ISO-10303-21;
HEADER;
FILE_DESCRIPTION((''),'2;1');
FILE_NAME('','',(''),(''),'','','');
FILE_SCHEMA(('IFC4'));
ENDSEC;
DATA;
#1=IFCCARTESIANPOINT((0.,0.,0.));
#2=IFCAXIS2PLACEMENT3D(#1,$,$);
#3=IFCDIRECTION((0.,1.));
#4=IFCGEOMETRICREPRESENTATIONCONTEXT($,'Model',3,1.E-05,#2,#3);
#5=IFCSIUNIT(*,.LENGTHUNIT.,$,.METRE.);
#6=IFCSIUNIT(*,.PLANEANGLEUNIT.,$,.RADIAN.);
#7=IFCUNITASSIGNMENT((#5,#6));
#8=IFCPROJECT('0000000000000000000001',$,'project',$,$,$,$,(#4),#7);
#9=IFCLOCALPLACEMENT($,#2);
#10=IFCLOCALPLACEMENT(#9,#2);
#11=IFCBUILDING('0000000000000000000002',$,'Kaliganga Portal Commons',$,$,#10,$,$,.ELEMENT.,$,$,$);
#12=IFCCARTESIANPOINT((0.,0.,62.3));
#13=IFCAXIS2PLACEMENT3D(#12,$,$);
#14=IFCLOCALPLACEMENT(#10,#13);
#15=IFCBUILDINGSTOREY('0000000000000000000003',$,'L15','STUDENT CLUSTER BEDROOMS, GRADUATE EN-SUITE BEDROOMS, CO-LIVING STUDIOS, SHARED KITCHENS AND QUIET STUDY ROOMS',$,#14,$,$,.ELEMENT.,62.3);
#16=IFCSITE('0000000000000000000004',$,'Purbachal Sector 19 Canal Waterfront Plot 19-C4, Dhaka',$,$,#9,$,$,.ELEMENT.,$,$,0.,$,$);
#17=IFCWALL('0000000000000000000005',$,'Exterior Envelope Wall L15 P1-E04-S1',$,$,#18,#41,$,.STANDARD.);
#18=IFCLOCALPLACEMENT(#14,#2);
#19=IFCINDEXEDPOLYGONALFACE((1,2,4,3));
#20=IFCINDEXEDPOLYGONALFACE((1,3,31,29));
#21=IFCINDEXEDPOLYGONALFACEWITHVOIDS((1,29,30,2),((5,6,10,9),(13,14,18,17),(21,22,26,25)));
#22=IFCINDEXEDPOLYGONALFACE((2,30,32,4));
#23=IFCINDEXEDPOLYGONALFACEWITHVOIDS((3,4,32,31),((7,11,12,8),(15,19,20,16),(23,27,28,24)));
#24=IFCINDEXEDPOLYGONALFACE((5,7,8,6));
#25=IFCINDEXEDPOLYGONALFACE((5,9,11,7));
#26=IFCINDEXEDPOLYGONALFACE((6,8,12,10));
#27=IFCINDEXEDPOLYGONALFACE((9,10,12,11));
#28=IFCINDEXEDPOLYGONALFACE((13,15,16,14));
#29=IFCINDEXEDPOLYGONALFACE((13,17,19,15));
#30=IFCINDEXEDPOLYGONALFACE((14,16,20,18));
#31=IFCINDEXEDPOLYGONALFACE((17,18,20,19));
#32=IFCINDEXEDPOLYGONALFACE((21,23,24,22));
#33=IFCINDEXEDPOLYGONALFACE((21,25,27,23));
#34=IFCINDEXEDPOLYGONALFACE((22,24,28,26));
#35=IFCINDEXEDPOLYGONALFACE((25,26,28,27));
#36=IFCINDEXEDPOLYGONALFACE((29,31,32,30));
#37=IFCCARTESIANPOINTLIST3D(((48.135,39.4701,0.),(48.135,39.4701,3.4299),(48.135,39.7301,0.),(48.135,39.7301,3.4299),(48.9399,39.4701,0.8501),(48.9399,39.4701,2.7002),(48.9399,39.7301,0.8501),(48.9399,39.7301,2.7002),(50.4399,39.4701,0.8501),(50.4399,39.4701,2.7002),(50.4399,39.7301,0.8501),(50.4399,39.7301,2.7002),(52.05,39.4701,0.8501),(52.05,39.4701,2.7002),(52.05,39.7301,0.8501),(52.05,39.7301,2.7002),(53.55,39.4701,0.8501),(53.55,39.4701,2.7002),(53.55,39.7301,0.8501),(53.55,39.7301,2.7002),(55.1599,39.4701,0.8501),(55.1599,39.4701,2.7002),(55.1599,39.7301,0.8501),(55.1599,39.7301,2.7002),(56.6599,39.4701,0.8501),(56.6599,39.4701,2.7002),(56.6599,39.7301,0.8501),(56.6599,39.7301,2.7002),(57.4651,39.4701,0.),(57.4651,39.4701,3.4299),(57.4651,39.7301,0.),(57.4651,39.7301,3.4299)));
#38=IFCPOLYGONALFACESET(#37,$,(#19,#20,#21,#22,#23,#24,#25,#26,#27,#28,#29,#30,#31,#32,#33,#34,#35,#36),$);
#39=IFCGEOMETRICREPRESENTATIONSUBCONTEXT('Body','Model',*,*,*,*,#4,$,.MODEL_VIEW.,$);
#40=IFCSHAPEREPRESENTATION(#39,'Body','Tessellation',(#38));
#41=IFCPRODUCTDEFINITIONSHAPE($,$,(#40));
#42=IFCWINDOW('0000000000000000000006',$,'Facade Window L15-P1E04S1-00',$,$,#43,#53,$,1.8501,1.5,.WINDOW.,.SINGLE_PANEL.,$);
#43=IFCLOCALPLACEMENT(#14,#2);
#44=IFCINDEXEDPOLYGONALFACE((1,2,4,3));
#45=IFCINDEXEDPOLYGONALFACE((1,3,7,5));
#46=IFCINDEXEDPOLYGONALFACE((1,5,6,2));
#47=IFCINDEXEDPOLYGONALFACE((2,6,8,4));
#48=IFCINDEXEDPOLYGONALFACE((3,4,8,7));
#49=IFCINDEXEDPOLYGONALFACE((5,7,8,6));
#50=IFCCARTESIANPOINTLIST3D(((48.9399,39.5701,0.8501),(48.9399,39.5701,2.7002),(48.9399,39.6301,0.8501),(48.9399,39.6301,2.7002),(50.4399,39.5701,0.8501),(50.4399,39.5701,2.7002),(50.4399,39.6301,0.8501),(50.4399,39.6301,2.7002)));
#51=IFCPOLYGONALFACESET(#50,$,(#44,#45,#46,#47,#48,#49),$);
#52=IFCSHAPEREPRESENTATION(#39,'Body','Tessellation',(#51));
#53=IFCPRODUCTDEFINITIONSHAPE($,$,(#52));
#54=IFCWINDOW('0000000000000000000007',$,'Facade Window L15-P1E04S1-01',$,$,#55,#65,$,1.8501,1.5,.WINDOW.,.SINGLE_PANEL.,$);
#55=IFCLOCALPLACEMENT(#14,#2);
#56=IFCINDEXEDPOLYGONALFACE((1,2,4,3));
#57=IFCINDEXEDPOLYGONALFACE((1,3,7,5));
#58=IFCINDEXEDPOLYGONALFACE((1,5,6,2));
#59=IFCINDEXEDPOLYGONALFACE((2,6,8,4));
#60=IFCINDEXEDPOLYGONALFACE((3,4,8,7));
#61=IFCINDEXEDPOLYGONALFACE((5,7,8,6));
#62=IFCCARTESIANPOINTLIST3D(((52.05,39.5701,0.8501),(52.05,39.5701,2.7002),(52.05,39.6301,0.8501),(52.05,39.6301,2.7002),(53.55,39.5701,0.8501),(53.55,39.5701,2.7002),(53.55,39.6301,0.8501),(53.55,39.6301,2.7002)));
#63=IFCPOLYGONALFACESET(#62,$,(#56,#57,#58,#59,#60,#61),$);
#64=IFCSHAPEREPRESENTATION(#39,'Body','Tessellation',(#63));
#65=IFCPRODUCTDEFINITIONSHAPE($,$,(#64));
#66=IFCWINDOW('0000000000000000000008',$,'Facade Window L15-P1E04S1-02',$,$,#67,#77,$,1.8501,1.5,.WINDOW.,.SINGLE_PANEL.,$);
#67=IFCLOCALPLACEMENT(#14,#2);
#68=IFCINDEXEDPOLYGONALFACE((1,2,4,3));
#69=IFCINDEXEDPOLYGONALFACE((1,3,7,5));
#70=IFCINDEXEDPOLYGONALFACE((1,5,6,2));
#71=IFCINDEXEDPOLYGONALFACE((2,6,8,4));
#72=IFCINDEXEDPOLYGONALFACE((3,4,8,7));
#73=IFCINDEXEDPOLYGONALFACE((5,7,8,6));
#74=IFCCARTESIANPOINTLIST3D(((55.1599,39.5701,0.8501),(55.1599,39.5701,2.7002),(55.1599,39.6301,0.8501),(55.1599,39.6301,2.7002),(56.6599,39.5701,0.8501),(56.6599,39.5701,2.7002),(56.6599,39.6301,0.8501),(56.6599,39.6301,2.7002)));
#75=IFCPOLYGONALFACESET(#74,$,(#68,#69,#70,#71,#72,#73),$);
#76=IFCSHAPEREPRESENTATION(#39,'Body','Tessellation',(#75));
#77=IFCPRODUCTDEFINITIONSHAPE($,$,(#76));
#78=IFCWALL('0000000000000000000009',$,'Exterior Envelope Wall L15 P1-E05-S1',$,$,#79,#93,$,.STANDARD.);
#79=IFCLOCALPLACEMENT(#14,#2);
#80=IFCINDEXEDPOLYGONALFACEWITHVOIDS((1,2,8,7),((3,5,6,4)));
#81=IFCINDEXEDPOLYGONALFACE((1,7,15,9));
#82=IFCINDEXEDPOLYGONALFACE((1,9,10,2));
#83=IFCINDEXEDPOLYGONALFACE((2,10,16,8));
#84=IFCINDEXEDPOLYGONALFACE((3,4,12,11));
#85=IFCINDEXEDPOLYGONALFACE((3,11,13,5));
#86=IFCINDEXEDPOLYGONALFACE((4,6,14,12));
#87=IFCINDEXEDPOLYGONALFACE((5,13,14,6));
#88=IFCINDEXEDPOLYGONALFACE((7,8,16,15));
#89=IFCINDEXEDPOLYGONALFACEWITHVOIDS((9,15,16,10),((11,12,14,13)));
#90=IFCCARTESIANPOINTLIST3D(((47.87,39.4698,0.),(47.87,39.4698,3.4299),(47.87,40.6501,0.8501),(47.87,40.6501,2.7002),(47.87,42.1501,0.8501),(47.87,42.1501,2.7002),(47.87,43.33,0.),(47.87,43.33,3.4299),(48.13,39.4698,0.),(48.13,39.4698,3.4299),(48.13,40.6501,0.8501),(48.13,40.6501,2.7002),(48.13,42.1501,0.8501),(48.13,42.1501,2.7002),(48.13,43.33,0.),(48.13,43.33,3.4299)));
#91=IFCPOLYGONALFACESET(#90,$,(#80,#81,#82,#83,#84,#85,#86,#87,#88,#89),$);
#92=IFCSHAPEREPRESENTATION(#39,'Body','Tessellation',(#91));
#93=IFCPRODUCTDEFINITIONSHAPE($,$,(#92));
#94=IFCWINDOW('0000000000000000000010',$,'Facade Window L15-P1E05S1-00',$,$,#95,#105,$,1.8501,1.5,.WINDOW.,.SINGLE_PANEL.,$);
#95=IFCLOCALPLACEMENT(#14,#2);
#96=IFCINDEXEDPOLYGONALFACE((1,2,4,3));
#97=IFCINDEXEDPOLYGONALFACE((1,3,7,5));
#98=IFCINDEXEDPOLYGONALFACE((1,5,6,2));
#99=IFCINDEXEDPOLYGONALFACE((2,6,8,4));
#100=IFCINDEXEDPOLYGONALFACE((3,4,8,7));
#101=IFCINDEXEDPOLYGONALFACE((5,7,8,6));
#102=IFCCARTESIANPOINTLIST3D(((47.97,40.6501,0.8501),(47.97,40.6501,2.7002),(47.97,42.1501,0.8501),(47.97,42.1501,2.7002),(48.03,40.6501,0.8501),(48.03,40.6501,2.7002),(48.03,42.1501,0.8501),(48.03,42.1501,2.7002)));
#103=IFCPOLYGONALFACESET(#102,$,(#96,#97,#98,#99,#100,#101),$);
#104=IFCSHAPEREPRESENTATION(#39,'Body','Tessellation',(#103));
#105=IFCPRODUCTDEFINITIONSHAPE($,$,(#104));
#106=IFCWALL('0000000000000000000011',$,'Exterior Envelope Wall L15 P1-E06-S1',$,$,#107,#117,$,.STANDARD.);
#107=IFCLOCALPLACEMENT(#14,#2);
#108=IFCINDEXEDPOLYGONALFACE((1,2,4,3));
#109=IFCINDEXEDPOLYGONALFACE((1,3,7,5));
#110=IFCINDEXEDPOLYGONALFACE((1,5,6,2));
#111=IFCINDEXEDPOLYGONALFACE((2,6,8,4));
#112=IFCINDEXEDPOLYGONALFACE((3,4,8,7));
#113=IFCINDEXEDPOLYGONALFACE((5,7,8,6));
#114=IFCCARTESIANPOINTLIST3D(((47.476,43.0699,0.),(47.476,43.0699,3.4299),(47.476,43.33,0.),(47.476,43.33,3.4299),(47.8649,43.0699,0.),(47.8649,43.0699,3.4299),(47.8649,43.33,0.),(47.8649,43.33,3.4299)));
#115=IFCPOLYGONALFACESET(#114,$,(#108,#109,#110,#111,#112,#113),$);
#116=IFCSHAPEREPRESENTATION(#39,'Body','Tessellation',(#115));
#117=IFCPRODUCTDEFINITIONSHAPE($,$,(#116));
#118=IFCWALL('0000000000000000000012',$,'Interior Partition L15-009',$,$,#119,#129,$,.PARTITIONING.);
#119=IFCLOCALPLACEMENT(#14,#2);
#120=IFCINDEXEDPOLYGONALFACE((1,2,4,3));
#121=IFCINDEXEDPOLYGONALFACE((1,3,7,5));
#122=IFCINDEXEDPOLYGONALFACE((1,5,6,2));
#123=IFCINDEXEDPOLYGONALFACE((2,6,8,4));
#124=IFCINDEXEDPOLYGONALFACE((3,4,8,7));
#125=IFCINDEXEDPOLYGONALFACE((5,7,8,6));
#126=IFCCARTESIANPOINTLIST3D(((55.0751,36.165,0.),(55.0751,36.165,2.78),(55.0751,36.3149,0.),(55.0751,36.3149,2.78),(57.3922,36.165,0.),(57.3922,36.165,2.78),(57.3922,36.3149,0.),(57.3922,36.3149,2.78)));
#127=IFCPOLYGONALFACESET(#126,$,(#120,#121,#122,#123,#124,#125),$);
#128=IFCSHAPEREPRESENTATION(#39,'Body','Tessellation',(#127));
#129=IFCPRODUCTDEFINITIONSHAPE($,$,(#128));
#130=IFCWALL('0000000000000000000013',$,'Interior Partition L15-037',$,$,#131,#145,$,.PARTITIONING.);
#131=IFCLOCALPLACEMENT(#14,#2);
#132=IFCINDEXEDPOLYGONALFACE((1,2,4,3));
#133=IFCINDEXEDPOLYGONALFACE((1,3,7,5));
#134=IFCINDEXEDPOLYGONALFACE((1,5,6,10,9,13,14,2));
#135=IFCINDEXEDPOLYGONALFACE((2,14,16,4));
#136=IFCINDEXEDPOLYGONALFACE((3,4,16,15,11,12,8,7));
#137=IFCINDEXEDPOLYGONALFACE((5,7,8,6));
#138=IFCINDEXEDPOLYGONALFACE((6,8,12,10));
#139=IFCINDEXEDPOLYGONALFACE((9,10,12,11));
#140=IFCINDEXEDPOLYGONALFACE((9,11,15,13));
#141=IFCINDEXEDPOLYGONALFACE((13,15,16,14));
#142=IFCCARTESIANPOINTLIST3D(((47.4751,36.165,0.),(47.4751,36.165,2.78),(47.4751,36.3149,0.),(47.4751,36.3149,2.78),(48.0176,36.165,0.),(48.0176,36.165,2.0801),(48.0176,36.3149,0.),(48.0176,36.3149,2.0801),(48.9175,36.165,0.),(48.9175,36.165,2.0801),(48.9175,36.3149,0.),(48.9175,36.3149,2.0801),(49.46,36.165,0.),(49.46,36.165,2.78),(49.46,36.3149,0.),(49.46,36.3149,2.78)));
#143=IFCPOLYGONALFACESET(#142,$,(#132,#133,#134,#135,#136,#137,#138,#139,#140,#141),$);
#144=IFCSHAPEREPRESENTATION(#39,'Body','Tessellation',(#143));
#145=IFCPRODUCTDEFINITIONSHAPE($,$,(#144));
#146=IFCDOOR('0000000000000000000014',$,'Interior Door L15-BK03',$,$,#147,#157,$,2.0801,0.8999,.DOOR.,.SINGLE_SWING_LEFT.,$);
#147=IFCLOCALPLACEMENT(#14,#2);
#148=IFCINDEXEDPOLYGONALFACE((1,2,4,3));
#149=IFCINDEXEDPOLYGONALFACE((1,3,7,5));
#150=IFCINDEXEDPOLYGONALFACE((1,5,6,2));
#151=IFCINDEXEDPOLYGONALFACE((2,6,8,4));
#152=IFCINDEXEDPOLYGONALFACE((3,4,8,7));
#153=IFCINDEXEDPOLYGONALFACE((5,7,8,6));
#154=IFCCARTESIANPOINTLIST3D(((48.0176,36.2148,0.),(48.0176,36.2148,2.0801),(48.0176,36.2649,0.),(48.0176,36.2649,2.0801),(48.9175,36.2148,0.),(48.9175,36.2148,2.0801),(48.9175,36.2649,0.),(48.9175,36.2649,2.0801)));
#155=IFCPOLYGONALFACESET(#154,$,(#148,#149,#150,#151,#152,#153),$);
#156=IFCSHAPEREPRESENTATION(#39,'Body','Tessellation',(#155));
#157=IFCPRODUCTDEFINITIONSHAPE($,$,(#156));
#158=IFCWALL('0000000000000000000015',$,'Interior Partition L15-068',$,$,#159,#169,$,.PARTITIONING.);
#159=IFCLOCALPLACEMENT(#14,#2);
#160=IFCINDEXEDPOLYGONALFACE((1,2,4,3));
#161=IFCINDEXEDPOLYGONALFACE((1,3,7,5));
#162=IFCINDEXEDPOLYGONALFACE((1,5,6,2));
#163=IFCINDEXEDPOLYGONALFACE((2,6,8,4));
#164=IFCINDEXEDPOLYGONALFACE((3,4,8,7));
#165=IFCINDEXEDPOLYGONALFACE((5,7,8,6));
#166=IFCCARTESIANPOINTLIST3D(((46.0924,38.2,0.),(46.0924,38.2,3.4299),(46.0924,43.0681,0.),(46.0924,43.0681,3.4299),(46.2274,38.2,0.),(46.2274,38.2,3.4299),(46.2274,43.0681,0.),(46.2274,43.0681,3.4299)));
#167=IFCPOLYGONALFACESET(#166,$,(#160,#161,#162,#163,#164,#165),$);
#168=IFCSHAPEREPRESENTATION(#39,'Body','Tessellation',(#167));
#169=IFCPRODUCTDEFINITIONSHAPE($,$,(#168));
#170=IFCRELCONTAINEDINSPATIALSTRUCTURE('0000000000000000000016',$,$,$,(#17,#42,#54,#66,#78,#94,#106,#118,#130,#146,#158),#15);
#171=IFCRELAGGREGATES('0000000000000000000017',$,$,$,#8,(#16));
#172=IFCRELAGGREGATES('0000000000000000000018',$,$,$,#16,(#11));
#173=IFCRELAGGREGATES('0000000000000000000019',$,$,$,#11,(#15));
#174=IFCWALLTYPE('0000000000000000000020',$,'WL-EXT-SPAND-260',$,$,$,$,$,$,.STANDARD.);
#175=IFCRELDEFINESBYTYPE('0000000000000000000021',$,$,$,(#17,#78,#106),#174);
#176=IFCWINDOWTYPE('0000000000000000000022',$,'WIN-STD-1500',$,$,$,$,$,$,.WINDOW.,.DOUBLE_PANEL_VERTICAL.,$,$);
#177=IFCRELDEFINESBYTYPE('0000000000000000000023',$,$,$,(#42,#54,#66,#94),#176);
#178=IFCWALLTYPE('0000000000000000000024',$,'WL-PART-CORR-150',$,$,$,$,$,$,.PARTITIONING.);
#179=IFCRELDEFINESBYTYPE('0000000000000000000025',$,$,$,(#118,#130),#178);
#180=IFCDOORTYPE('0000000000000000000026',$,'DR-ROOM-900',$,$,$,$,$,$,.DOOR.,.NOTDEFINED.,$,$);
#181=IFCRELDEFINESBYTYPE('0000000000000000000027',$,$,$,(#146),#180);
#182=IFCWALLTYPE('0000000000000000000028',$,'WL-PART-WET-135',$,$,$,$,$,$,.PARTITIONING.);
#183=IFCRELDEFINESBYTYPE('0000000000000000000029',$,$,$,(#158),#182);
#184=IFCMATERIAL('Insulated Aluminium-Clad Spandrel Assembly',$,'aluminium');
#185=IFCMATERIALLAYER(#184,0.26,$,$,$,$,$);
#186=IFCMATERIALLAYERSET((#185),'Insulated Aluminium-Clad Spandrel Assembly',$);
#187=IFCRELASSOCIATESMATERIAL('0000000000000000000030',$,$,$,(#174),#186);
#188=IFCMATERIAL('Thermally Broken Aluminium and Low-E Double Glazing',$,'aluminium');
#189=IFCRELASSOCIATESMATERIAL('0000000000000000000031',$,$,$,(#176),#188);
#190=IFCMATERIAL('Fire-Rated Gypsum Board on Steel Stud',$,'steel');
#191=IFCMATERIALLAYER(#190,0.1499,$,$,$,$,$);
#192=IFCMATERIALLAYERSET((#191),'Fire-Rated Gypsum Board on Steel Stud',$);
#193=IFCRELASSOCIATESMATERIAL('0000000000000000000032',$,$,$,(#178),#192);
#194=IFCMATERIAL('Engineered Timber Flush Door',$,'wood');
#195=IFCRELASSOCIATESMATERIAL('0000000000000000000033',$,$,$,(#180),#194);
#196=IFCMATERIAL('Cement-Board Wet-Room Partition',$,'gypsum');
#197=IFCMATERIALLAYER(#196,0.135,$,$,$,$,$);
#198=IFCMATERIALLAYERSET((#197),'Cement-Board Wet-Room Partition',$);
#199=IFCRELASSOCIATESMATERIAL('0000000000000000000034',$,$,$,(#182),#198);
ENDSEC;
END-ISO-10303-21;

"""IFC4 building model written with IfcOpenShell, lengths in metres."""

from ifc_helpers import new_model, si_unit, direction, frame, frame_2d, origin, place, context, subcontext, project, spatial, rectangle, extrude, material, layer, layer_set, type_object, element, fill, save


model = new_model("IFC4")

# Units and contexts
model_context = context("Model", 3, precision=1e-05, world=origin(), true_north=direction((0.0, 1.0)))
body_context = subcontext(model_context, "Body", "Model", "MODEL_VIEW")
ifc_project = project(units=[si_unit("LENGTHUNIT", "METRE"), si_unit("PLANEANGLEUNIT", "RADIAN")], contexts=[model_context])

# Site, building, storey
site_placement = place(None, origin())
site = spatial("IfcSite", under=ifc_project, at=site_placement, Name="Purbachal Sector 19 Canal Waterfront Plot 19-C4, Dhaka", CompositionType="ELEMENT", RefElevation=0.0)
building_placement = place(site_placement, origin())
building = spatial("IfcBuilding", under=site, at=building_placement, Name="Kaliganga Portal Commons", CompositionType="ELEMENT")
storey_placement = place(building_placement, frame((0.0, 0.0, 62.3)))
storey = spatial("IfcBuildingStorey", under=building, at=storey_placement, Name="L15", Description="STUDENT CLUSTER BEDROOMS, GRADUATE EN-SUITE BEDROOMS, CO-LIVING STUDIOS, SHARED KITCHENS AND QUIET STUDY ROOMS", CompositionType="ELEMENT", Elevation=62.3)

# Wall, openings, windows
ifc_material_1 = material(Name="Insulated Aluminium-Clad Spandrel Assembly", Category="aluminium")
ifc_layer_1 = layer(ifc_material_1, 0.26)
ifc_layer_set_1 = layer_set([ifc_layer_1], Name="Insulated Aluminium-Clad Spandrel Assembly")
wall_type_1 = type_object("IfcWallType", Name="WL-EXT-SPAND-260", PredefinedType="STANDARD", material=ifc_layer_set_1)
ifc_material_2 = material(Name="Thermally Broken Aluminium and Low-E Double Glazing", Category="aluminium")
wall_1_placement = place(storey_placement, frame((48.135, 39.6001, 0.0), z_axis=(0.0, 0.0, 1.0), x_axis=(1.0, 0.0, 0.0)))
wall_1 = element("IfcWall", 1, at=wall_1_placement, inside=storey, type_object=wall_type_1, Name="Exterior Envelope Wall L15 P1-E04-S1", PredefinedType="STANDARD", context=body_context, shape_type="SweptSolid", body=[
    extrude(rectangle(XDim=9.3301, YDim=0.26, at=frame_2d((4.665, 0.0))), origin(), (0.0, 0.0, 1.0), 3.4299),
])
opening_1_placement = place(wall_1_placement, frame((0.8049, 0.0, 0.8501)))
opening_1 = element("IfcOpeningElement", 2, at=opening_1_placement, cuts=wall_1, PredefinedType="OPENING", context=body_context, shape_type="SweptSolid", body=[
    extrude(rectangle(XDim=1.5, YDim=1.8501, at=frame_2d((0.75, 0.925))), frame((0.0, 0.1401, 0.0), z_axis=(0.0, -1.0, 0.0), x_axis=(1.0, 0.0, 0.0)), (0.0, 0.0, 1.0), 0.28),
])
opening_2_placement = place(wall_1_placement, frame((3.915, 0.0, 0.8501)))
opening_2 = element("IfcOpeningElement", 3, at=opening_2_placement, cuts=wall_1, PredefinedType="OPENING", context=body_context, shape_type="SweptSolid", body=[
    extrude(rectangle(XDim=1.5, YDim=1.8501, at=frame_2d((0.75, 0.925))), frame((0.0, 0.1401, 0.0), z_axis=(0.0, -1.0, 0.0), x_axis=(1.0, 0.0, 0.0)), (0.0, 0.0, 1.0), 0.28),
])
opening_3_placement = place(wall_1_placement, frame((7.0249, 0.0, 0.8501)))
opening_3 = element("IfcOpeningElement", 4, at=opening_3_placement, cuts=wall_1, PredefinedType="OPENING", context=body_context, shape_type="SweptSolid", body=[
    extrude(rectangle(XDim=1.5, YDim=1.8501, at=frame_2d((0.75, 0.925))), frame((0.0, 0.1401, 0.0), z_axis=(0.0, -1.0, 0.0), x_axis=(1.0, 0.0, 0.0)), (0.0, 0.0, 1.0), 0.28),
])
window_type_1 = type_object("IfcWindowType", Name="WIN-STD-1500", PartitioningType="DOUBLE_PANEL_VERTICAL", PredefinedType="WINDOW", material=ifc_material_2)
window_1_placement = place(opening_1_placement, origin())
window_1 = element("IfcWindow", 5, at=window_1_placement, inside=storey, type_object=window_type_1, Name="Facade Window L15-P1E04S1-00", OverallHeight=1.8501, OverallWidth=1.5, PartitioningType="SINGLE_PANEL", PredefinedType="WINDOW", context=body_context, shape_type="SweptSolid", body=[
    extrude(rectangle(XDim=1.5, YDim=1.8501, at=frame_2d((0.75, 0.925))), frame((0.0, 0.03, 0.0), z_axis=(0.0, -1.0, 0.0), x_axis=(1.0, 0.0, 0.0)), (0.0, 0.0, 1.0), 0.0601),
])
fill(opening_1, window_1)
window_2_placement = place(opening_2_placement, origin())
window_2 = element("IfcWindow", 6, at=window_2_placement, inside=storey, type_object=window_type_1, Name="Facade Window L15-P1E04S1-01", OverallHeight=1.8501, OverallWidth=1.5, PartitioningType="SINGLE_PANEL", PredefinedType="WINDOW", context=body_context, shape_type="SweptSolid", body=[
    extrude(rectangle(XDim=1.5, YDim=1.8501, at=frame_2d((0.75, 0.925))), frame((0.0, 0.03, 0.0), z_axis=(0.0, -1.0, 0.0), x_axis=(1.0, 0.0, 0.0)), (0.0, 0.0, 1.0), 0.0601),
])
fill(opening_2, window_2)
window_3_placement = place(opening_3_placement, origin())
window_3 = element("IfcWindow", 7, at=window_3_placement, inside=storey, type_object=window_type_1, Name="Facade Window L15-P1E04S1-02", OverallHeight=1.8501, OverallWidth=1.5, PartitioningType="SINGLE_PANEL", PredefinedType="WINDOW", context=body_context, shape_type="SweptSolid", body=[
    extrude(rectangle(XDim=1.5, YDim=1.8501, at=frame_2d((0.75, 0.925))), frame((0.0, 0.03, 0.0), z_axis=(0.0, -1.0, 0.0), x_axis=(1.0, 0.0, 0.0)), (0.0, 0.0, 1.0), 0.0601),
])
fill(opening_3, window_3)

# Wall, opening, window
wall_2_placement = place(storey_placement, frame((48.0, 43.3301, 0.0), z_axis=(0.0, 0.0, 1.0), x_axis=(0.0, -1.0, 0.0)))
wall_2 = element("IfcWall", 8, at=wall_2_placement, inside=storey, type_object=wall_type_1, Name="Exterior Envelope Wall L15 P1-E05-S1", PredefinedType="STANDARD", context=body_context, shape_type="SweptSolid", body=[
    extrude(rectangle(XDim=3.8601, YDim=0.26, at=frame_2d((1.9302, 0.0))), origin(), (0.0, 0.0, 1.0), 3.4299),
])
opening_4_placement = place(wall_2_placement, frame((1.1799, 0.0, 0.8501)))
opening_4 = element("IfcOpeningElement", 9, at=opening_4_placement, cuts=wall_2, PredefinedType="OPENING", context=body_context, shape_type="SweptSolid", body=[
    extrude(rectangle(XDim=1.5, YDim=1.8501, at=frame_2d((0.75, 0.925))), frame((0.0, 0.1401, 0.0), z_axis=(0.0, -1.0, 0.0), x_axis=(1.0, 0.0, 0.0)), (0.0, 0.0, 1.0), 0.28),
])
window_4_placement = place(opening_4_placement, origin())
window_4 = element("IfcWindow", 10, at=window_4_placement, inside=storey, type_object=window_type_1, Name="Facade Window L15-P1E05S1-00", OverallHeight=1.8501, OverallWidth=1.5, PartitioningType="SINGLE_PANEL", PredefinedType="WINDOW", context=body_context, shape_type="SweptSolid", body=[
    extrude(rectangle(XDim=1.5, YDim=1.8501, at=frame_2d((0.75, 0.925))), frame((0.0, 0.03, 0.0), z_axis=(0.0, -1.0, 0.0), x_axis=(1.0, 0.0, 0.0)), (0.0, 0.0, 1.0), 0.0601),
])
fill(opening_4, window_4)

# Wall
wall_3_placement = place(storey_placement, frame((47.4761, 43.2, 0.0), z_axis=(0.0, 0.0, 1.0), x_axis=(1.0, 0.0, 0.0)))
element("IfcWall", 11, at=wall_3_placement, inside=storey, type_object=wall_type_1, Name="Exterior Envelope Wall L15 P1-E06-S1", PredefinedType="STANDARD", context=body_context, shape_type="SweptSolid", body=[
    extrude(rectangle(XDim=0.3889, YDim=0.26, at=frame_2d((0.1943, 0.0))), origin(), (0.0, 0.0, 1.0), 3.4299),
])

# Shared definitions
ifc_material_3 = material(Name="Fire-Rated Gypsum Board on Steel Stud", Category="steel")
ifc_layer_2 = layer(ifc_material_3, 0.1499)
ifc_layer_set_2 = layer_set([ifc_layer_2], Name="Fire-Rated Gypsum Board on Steel Stud")
wall_type_2 = type_object("IfcWallType", Name="WL-PART-CORR-150", PredefinedType="PARTITIONING", material=ifc_layer_set_2)

# Wall
wall_4_placement = place(storey_placement, frame((55.075, 36.24, 0.0), z_axis=(0.0, 0.0, 1.0), x_axis=(1.0, 0.0, 0.0)))
element("IfcWall", 12, at=wall_4_placement, inside=storey, type_object=wall_type_2, Name="Interior Partition L15-009", PredefinedType="PARTITIONING", context=body_context, shape_type="SweptSolid", body=[
    extrude(rectangle(XDim=2.3171, YDim=0.1499, at=frame_2d((1.1587, 0.0))), origin(), (0.0, 0.0, 1.0), 2.78),
])

# Wall, opening, door
wall_5_placement = place(storey_placement, frame((47.4751, 36.24, 0.0), z_axis=(0.0, 0.0, 1.0), x_axis=(1.0, 0.0, 0.0)))
wall_5 = element("IfcWall", 13, at=wall_5_placement, inside=storey, type_object=wall_type_2, Name="Interior Partition L15-037", PredefinedType="PARTITIONING", context=body_context, shape_type="SweptSolid", body=[
    extrude(rectangle(XDim=1.9849, YDim=0.1499, at=frame_2d((0.9924, 0.0))), origin(), (0.0, 0.0, 1.0), 2.78),
])
opening_5_placement = place(wall_5_placement, frame((0.5425, 0.0, 0.0)))
opening_5 = element("IfcOpeningElement", 14, at=opening_5_placement, cuts=wall_5, PredefinedType="OPENING", context=body_context, shape_type="SweptSolid", body=[
    extrude(rectangle(XDim=0.8999, YDim=2.0801, at=frame_2d((0.45, 1.04))), frame((0.0, 0.085, 0.0), z_axis=(0.0, -1.0, 0.0), x_axis=(1.0, 0.0, 0.0)), (0.0, 0.0, 1.0), 0.1699),
])
ifc_material_4 = material(Name="Engineered Timber Flush Door", Category="wood")
door_type_1 = type_object("IfcDoorType", Name="DR-ROOM-900", OperationType="NOTDEFINED", PredefinedType="DOOR", material=ifc_material_4)
door_1_placement = place(opening_5_placement, origin())
door_1 = element("IfcDoor", 15, at=door_1_placement, inside=storey, type_object=door_type_1, Name="Interior Door L15-BK03", OperationType="SINGLE_SWING_LEFT", OverallHeight=2.0801, OverallWidth=0.8999, PredefinedType="DOOR", context=body_context, shape_type="SweptSolid", body=[
    extrude(rectangle(XDim=0.8999, YDim=2.0801, at=frame_2d((0.45, 1.04))), frame((0.0, 0.0249, 0.0), z_axis=(0.0, -1.0, 0.0), x_axis=(1.0, 0.0, 0.0)), (0.0, 0.0, 1.0), 0.05),
])
fill(opening_5, door_1)

# Wall
ifc_material_5 = material(Name="Cement-Board Wet-Room Partition", Category="gypsum")
ifc_layer_3 = layer(ifc_material_5, 0.135)
ifc_layer_set_3 = layer_set([ifc_layer_3], Name="Cement-Board Wet-Room Partition")
wall_type_3 = type_object("IfcWallType", Name="WL-PART-WET-135", PredefinedType="PARTITIONING", material=ifc_layer_set_3)
wall_6_placement = place(storey_placement, frame((46.1599, 38.2, 0.0), z_axis=(0.0, 0.0, 1.0), x_axis=(0.0, 1.0, 0.0)))
element("IfcWall", 16, at=wall_6_placement, inside=storey, type_object=wall_type_3, Name="Interior Partition L15-068", PredefinedType="PARTITIONING", context=body_context, shape_type="SweptSolid", body=[
    extrude(rectangle(XDim=4.8682, YDim=0.135, at=frame_2d((2.4341, 0.0))), origin(), (0.0, 0.0, 1.0), 3.4299),
])

save(model, "model.ifc")
